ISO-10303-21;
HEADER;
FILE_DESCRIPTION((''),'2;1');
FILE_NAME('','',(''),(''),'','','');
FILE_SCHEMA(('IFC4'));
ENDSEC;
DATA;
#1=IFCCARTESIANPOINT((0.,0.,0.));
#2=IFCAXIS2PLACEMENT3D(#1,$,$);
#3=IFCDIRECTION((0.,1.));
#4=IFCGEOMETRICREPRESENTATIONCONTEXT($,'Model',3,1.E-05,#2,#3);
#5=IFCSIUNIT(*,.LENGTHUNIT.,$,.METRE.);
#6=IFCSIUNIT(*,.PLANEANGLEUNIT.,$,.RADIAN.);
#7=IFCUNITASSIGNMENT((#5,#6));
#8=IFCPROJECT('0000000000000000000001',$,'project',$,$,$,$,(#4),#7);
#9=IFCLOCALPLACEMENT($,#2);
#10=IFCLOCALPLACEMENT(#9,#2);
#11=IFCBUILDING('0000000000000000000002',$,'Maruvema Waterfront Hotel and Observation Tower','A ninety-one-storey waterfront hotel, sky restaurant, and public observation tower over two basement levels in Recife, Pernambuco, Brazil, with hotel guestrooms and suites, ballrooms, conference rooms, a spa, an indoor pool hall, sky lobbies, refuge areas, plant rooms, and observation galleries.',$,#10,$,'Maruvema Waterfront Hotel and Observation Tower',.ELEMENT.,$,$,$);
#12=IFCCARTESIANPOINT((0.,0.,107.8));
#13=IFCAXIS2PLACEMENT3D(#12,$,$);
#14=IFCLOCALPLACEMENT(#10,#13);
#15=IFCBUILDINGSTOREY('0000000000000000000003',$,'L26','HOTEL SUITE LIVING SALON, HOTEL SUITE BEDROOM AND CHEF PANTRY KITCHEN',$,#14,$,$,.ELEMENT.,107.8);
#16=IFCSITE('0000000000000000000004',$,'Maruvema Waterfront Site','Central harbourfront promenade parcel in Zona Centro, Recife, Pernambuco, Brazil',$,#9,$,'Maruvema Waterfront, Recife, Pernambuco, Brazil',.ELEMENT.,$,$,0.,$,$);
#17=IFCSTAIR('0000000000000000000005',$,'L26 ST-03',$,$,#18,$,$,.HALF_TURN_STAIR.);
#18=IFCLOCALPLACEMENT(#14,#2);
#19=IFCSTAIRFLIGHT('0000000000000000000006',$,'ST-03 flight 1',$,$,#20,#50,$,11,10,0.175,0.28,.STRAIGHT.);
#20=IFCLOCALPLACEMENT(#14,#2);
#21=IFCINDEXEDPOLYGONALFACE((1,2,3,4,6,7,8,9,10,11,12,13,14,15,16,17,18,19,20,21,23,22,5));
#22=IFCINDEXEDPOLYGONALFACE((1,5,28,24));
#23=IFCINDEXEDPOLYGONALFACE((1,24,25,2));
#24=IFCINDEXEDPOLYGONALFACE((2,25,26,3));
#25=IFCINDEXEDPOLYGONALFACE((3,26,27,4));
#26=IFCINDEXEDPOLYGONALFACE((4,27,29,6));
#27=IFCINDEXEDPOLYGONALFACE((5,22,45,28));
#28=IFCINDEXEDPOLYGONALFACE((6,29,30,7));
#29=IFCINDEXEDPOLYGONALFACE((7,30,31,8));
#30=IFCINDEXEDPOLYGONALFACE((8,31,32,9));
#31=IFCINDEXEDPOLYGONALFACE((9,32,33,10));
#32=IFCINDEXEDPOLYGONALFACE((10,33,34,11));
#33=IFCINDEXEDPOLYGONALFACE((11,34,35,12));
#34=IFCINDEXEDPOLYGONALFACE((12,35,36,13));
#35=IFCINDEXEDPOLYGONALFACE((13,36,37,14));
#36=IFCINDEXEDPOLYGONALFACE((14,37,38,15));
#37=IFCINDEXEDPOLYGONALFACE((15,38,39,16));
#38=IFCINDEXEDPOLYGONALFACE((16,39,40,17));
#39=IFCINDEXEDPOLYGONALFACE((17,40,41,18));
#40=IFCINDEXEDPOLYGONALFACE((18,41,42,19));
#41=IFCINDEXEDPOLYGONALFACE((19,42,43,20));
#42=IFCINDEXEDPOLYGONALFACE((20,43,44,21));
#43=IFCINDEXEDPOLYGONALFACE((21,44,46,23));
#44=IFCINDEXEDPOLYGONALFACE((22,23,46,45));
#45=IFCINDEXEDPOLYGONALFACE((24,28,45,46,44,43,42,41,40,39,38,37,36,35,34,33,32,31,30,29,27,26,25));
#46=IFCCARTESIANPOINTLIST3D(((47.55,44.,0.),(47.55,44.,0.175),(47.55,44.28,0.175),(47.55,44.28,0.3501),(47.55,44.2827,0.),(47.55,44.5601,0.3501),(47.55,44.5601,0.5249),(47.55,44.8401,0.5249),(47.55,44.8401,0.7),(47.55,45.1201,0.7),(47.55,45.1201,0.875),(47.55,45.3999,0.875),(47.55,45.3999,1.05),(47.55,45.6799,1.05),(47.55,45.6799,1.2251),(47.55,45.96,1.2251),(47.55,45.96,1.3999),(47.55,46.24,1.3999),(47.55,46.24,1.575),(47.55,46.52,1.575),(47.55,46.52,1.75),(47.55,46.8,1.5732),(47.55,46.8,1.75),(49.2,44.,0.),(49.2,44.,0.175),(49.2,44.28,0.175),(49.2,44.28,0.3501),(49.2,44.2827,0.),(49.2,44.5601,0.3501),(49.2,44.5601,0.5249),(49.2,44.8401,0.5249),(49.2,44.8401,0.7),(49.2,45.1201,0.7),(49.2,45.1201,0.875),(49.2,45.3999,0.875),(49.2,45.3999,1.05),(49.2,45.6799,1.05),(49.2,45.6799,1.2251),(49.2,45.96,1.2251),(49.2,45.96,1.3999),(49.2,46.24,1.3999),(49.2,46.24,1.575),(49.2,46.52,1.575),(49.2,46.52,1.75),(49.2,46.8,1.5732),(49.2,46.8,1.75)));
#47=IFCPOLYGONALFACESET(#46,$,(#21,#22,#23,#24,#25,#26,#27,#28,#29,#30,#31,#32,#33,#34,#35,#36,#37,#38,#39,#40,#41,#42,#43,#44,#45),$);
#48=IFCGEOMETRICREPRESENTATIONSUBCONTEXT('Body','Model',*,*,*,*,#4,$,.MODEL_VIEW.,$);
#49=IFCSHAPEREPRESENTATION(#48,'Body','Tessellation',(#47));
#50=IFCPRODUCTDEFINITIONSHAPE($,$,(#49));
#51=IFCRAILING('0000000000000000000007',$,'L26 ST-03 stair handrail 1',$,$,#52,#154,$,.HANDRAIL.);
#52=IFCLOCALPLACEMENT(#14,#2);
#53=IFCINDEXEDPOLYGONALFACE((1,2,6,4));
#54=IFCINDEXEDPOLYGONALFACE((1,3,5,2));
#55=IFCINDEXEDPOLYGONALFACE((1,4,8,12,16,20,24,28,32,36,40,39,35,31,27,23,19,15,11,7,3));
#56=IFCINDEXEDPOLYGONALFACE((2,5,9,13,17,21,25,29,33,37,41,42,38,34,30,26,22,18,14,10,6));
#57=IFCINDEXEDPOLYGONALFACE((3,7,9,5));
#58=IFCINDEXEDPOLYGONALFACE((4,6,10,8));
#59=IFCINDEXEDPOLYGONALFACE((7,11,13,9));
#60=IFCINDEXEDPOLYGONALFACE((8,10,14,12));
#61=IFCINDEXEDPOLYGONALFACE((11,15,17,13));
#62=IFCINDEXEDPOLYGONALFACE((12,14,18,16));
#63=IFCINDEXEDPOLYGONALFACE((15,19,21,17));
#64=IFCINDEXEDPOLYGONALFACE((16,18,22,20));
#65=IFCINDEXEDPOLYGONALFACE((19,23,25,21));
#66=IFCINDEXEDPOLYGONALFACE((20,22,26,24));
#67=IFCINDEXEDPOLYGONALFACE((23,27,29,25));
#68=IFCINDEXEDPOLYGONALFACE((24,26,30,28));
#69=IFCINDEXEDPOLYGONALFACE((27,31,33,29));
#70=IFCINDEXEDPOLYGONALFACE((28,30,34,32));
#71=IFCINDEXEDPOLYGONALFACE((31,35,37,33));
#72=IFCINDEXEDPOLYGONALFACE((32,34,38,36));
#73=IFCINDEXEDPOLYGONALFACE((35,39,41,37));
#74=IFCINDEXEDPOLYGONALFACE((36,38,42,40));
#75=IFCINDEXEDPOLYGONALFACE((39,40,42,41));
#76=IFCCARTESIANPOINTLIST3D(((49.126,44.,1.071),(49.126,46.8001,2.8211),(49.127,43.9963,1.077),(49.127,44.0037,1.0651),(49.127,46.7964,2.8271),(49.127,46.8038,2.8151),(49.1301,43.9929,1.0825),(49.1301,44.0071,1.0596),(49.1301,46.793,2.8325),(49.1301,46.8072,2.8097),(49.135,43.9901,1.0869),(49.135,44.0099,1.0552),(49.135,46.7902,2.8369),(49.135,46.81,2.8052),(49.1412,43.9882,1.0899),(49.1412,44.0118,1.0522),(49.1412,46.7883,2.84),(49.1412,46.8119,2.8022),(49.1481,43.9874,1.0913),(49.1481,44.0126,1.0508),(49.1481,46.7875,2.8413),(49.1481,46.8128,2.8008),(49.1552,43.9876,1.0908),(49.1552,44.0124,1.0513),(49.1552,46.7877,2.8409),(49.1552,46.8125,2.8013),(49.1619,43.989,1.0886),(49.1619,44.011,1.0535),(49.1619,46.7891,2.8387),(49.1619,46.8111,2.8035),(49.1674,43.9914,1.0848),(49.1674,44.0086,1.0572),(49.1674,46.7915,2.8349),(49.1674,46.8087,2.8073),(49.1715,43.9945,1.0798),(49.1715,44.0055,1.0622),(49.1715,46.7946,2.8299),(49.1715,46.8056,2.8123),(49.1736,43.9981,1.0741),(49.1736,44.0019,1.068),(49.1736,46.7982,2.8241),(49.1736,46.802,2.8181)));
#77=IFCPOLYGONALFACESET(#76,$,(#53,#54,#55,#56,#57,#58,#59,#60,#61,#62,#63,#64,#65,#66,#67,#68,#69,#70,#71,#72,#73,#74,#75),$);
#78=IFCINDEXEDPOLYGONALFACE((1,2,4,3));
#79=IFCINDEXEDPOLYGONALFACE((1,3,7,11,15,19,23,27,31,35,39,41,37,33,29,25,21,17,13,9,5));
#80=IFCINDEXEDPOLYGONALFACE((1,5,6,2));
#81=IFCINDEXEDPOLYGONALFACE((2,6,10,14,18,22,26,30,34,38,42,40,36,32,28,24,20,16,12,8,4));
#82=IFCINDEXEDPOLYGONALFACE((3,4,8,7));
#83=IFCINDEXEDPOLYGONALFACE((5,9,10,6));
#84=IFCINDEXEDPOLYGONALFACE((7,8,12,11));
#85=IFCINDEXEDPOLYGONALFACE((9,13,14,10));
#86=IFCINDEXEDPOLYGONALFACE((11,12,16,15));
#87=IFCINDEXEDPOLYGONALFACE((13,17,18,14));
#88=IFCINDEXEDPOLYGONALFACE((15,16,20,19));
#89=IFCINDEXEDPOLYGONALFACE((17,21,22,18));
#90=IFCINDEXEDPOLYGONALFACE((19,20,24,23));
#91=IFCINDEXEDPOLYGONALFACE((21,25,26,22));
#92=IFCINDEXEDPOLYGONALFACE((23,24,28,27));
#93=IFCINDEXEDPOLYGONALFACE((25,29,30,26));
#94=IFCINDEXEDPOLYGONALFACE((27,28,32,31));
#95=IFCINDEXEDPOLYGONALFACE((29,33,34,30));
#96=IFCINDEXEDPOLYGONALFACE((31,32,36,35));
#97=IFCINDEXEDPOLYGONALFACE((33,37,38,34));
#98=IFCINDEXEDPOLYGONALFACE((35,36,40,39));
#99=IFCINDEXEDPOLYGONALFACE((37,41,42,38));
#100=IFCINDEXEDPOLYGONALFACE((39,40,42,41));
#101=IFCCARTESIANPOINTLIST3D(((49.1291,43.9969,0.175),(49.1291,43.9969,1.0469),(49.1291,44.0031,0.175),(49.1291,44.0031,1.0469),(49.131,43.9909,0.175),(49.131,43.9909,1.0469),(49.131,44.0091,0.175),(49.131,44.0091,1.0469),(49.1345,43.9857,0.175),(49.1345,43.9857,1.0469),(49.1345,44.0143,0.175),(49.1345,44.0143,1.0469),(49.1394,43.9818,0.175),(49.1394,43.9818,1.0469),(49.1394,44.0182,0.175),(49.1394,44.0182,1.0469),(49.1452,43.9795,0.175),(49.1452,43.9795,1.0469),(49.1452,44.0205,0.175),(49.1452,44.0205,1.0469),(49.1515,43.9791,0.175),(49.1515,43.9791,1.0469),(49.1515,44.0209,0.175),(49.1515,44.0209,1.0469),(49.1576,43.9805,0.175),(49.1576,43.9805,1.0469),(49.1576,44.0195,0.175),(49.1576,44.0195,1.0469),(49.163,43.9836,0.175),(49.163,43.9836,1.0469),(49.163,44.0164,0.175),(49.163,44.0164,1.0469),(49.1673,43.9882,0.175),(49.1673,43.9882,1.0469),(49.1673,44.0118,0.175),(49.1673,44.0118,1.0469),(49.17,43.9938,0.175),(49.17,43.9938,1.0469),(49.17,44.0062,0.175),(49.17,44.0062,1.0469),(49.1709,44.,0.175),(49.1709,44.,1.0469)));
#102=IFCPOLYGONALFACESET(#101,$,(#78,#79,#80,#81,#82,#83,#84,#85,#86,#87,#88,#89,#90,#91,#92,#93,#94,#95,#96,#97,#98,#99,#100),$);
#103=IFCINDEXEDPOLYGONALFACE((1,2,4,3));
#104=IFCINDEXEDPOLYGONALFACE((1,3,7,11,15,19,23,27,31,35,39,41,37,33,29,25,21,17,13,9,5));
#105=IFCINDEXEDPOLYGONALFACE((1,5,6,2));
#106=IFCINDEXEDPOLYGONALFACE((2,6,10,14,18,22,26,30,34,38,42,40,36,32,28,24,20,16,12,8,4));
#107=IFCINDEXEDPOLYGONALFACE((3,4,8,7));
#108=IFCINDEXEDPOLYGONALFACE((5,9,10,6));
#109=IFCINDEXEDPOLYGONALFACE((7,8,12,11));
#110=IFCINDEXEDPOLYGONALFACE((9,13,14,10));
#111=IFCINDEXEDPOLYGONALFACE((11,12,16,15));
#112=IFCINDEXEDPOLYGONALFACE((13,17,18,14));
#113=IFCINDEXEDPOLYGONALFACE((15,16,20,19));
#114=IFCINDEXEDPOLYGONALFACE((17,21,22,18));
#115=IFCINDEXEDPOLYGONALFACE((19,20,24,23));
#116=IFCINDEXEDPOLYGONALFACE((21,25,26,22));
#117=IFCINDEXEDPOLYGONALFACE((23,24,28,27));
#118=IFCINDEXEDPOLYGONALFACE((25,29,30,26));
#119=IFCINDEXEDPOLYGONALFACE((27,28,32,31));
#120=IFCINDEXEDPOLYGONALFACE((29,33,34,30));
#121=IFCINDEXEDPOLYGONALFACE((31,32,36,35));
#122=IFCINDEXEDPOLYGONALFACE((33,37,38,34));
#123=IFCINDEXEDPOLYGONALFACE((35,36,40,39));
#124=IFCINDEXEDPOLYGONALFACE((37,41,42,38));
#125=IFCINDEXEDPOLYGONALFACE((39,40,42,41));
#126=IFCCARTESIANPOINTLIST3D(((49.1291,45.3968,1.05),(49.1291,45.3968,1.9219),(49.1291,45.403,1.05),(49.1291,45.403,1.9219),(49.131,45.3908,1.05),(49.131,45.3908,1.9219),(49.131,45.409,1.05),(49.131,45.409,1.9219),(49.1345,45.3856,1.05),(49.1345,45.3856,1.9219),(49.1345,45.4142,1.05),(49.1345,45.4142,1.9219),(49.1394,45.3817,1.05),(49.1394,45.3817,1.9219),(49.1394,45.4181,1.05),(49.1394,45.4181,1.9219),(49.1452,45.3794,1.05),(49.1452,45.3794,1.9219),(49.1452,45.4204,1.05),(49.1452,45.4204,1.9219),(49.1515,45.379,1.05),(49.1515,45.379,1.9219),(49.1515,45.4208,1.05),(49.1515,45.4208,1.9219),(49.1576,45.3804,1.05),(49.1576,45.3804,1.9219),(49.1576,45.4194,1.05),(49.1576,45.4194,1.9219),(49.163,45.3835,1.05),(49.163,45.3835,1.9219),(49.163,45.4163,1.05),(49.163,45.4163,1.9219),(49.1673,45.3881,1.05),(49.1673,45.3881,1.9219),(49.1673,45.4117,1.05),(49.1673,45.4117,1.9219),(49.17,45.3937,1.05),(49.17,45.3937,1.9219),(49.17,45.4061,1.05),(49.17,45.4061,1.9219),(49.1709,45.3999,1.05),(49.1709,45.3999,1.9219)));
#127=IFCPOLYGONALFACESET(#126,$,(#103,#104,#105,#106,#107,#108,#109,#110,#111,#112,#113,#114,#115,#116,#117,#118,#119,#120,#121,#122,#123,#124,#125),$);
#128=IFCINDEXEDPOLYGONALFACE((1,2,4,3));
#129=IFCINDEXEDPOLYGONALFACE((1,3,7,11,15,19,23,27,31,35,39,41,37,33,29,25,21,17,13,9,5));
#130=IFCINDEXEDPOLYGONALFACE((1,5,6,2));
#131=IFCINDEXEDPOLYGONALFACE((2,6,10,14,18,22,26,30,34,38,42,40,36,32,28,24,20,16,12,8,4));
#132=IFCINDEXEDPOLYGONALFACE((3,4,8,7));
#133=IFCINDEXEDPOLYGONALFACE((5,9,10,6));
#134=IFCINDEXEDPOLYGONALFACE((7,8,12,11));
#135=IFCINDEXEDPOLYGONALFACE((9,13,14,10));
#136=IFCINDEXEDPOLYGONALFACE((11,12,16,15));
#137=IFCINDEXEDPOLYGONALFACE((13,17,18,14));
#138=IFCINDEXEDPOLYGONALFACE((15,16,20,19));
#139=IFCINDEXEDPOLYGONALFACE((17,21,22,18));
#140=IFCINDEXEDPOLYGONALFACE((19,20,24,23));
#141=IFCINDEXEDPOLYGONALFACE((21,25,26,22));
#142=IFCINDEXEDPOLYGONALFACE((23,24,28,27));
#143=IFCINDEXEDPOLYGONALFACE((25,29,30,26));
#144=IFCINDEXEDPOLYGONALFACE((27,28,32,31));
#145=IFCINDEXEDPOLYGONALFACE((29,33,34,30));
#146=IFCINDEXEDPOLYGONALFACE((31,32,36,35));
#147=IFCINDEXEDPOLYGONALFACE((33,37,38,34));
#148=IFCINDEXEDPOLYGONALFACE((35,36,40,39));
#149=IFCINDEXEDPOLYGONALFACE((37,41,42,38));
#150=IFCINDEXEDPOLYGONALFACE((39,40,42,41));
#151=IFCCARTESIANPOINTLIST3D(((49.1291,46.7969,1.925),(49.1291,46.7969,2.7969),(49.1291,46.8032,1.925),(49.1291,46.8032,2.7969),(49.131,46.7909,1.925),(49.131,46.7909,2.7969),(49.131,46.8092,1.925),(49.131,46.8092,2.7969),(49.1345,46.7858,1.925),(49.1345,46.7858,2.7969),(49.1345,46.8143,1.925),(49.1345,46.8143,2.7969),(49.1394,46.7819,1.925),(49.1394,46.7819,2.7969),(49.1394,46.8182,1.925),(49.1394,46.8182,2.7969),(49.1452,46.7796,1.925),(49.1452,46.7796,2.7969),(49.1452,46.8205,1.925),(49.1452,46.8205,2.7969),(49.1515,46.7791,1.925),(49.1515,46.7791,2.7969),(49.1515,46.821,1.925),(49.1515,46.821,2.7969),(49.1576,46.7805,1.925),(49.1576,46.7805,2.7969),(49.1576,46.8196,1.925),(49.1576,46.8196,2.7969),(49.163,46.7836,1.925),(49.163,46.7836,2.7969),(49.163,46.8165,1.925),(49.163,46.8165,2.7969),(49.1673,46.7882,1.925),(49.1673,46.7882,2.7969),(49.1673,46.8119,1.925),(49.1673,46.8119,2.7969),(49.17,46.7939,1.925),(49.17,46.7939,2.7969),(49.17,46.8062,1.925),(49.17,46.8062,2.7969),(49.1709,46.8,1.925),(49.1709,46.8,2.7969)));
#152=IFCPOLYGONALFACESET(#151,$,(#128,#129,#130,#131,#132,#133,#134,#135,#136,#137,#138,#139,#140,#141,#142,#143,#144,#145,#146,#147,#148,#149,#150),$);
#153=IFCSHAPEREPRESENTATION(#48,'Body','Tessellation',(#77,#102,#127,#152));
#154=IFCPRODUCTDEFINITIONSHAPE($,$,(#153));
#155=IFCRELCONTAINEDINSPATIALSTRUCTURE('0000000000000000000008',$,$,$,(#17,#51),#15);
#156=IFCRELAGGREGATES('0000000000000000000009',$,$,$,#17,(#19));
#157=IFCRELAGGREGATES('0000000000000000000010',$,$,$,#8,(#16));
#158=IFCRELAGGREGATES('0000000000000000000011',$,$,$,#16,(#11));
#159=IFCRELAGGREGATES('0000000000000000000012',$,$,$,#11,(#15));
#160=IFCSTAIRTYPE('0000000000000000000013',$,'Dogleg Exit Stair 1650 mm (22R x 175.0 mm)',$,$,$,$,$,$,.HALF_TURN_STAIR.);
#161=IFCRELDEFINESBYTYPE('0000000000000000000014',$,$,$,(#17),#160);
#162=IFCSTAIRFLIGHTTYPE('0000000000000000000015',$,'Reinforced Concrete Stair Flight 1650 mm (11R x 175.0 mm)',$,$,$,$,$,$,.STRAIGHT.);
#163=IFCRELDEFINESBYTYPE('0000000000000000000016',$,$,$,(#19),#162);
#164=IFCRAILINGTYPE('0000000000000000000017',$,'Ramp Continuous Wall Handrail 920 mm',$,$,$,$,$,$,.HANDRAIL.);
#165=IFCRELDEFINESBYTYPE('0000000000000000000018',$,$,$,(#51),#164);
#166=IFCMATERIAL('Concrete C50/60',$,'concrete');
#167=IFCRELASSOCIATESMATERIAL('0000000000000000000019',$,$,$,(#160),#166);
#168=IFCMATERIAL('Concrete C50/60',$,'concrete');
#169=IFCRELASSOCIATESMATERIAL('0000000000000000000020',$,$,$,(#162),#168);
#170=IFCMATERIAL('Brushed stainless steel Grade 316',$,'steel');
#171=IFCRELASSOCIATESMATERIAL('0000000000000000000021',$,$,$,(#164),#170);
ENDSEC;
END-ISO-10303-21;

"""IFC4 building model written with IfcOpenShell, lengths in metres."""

from ifc_helpers import new_model, si_unit, direction, frame, origin, origin_2d, place, context, subcontext, project, spatial, polyline, circle, outline, extrude, material, type_object, element, aggregate, save


model = new_model("IFC4")

# Units and contexts
model_context = context("Model", 3, precision=1e-05, world=origin(), true_north=direction((0.0, 1.0)))
body_context = subcontext(model_context, "Body", "Model", "MODEL_VIEW")
ifc_project = project(units=[si_unit("LENGTHUNIT", "METRE"), si_unit("PLANEANGLEUNIT", "RADIAN")], contexts=[model_context])

# Site, building, storey
site_placement = place(None, origin())
site = spatial("IfcSite", under=ifc_project, at=site_placement, Name="Maruvema Waterfront Site", Description="Central harbourfront promenade parcel in Zona Centro, Recife, Pernambuco, Brazil", LongName="Maruvema Waterfront, Recife, Pernambuco, Brazil", CompositionType="ELEMENT", RefElevation=0.0)
building_placement = place(site_placement, origin())
building = spatial("IfcBuilding", under=site, at=building_placement, Name="Maruvema Waterfront Hotel and Observation Tower", Description="A ninety-one-storey waterfront hotel, sky restaurant, and public observation tower over two basement levels in Recife, Pernambuco, Brazil, with hotel guestrooms and suites, ballrooms, conference rooms, a spa, an indoor pool hall, sky lobbies, refuge areas, plant rooms, and observation galleries.", LongName="Maruvema Waterfront Hotel and Observation Tower", CompositionType="ELEMENT")
storey_placement = place(building_placement, frame((0.0, 0.0, 107.8)))
storey = spatial("IfcBuildingStorey", under=building, at=storey_placement, Name="L26", Description="HOTEL SUITE LIVING SALON, HOTEL SUITE BEDROOM AND CHEF PANTRY KITCHEN", CompositionType="ELEMENT", Elevation=107.8)

# Stair, stair flight
ifc_material_1 = material(Name="Concrete C50/60", Category="concrete")
stair_type = type_object("IfcStairType", Name="Dogleg Exit Stair 1650 mm (22R x 175.0 mm)", PredefinedType="HALF_TURN_STAIR", material=ifc_material_1)
stair_placement = place(storey_placement, origin())
stair = element("IfcStair", 1, at=stair_placement, inside=storey, type_object=stair_type, Name="L26 ST-03", PredefinedType="HALF_TURN_STAIR")
ifc_material_2 = material(Name="Concrete C50/60", Category="concrete")
stair_flight_type = type_object("IfcStairFlightType", Name="Reinforced Concrete Stair Flight 1650 mm (11R x 175.0 mm)", PredefinedType="STRAIGHT", material=ifc_material_2)
stair_flight_placement = place(storey_placement, frame((48.375, 44.0, 0.0), z_axis=(0.0, 0.0, 1.0), x_axis=(0.0, 1.0, 0.0)))
stair_flight = element("IfcStairFlight", 2, at=stair_flight_placement, type_object=stair_flight_type, Name="ST-03 flight 1", NumberOfRisers=11, NumberOfTreads=10, PredefinedType="STRAIGHT", RiserHeight=0.175, TreadLength=0.28, context=body_context, shape_type="SweptSolid", body=[
    extrude(outline(polyline([(0.0, 0.0), (0.0, 0.175), (0.28, 0.175), (0.28, 0.3501), (0.5601, 0.3501), (0.5601, 0.5249), (0.8401, 0.5249), (0.8401, 0.7), (1.1201, 0.7), (1.1201, 0.875), (1.3999, 0.875), (1.3999, 1.05), (1.6799, 1.05), (1.6799, 1.2251), (1.96, 1.2251), (1.96, 1.3999), (2.24, 1.3999), (2.24, 1.575), (2.52, 1.575), (2.52, 1.75), (2.8, 1.75), (2.8, 1.925), (2.8, 1.5732), (0.2827, 0.0), (0.0, 0.0)])), frame((0.0, 0.825, 0.0), z_axis=(0.0, -1.0, 0.0), x_axis=(1.0, 0.0, 0.0)), (0.0, 0.0, 1.0), 1.6499),
])
aggregate(stair, [stair_flight])

# Railing
ifc_material_3 = material(Name="Brushed stainless steel Grade 316", Category="steel")
railing_type_1 = type_object("IfcRailingType", Name="Ramp Continuous Wall Handrail 920 mm", PredefinedType="HANDRAIL", material=ifc_material_3)
railing_1_placement = place(storey_placement, frame((49.1499, 44.0, 0.175)))
element("IfcRailing", 3, at=railing_1_placement, inside=storey, type_object=railing_type_1, Name="L26 ST-03 stair handrail 1", PredefinedType="HANDRAIL", context=body_context, shape_type="SweptSolid", body=[
    extrude(circle(Radius=0.0239, at=origin_2d()), frame((0.0, 0.0, 0.896), z_axis=(0.0, 0.848002, 0.529992), x_axis=(-1.0, 0.0, 0.0)), (0.0, 0.0, 1.0), 3.302),
    extrude(circle(Radius=0.021, at=origin_2d()), origin(), (0.0, 0.0, 1.0), 0.8718),
    extrude(circle(Radius=0.021, at=origin_2d()), frame((0.0, 1.3999, 0.875)), (0.0, 0.0, 1.0), 0.8718),
    extrude(circle(Radius=0.021, at=origin_2d()), frame((0.0, 2.8, 1.75)), (0.0, 0.0, 1.0), 0.8718),
])

save(model, "model.ifc")
